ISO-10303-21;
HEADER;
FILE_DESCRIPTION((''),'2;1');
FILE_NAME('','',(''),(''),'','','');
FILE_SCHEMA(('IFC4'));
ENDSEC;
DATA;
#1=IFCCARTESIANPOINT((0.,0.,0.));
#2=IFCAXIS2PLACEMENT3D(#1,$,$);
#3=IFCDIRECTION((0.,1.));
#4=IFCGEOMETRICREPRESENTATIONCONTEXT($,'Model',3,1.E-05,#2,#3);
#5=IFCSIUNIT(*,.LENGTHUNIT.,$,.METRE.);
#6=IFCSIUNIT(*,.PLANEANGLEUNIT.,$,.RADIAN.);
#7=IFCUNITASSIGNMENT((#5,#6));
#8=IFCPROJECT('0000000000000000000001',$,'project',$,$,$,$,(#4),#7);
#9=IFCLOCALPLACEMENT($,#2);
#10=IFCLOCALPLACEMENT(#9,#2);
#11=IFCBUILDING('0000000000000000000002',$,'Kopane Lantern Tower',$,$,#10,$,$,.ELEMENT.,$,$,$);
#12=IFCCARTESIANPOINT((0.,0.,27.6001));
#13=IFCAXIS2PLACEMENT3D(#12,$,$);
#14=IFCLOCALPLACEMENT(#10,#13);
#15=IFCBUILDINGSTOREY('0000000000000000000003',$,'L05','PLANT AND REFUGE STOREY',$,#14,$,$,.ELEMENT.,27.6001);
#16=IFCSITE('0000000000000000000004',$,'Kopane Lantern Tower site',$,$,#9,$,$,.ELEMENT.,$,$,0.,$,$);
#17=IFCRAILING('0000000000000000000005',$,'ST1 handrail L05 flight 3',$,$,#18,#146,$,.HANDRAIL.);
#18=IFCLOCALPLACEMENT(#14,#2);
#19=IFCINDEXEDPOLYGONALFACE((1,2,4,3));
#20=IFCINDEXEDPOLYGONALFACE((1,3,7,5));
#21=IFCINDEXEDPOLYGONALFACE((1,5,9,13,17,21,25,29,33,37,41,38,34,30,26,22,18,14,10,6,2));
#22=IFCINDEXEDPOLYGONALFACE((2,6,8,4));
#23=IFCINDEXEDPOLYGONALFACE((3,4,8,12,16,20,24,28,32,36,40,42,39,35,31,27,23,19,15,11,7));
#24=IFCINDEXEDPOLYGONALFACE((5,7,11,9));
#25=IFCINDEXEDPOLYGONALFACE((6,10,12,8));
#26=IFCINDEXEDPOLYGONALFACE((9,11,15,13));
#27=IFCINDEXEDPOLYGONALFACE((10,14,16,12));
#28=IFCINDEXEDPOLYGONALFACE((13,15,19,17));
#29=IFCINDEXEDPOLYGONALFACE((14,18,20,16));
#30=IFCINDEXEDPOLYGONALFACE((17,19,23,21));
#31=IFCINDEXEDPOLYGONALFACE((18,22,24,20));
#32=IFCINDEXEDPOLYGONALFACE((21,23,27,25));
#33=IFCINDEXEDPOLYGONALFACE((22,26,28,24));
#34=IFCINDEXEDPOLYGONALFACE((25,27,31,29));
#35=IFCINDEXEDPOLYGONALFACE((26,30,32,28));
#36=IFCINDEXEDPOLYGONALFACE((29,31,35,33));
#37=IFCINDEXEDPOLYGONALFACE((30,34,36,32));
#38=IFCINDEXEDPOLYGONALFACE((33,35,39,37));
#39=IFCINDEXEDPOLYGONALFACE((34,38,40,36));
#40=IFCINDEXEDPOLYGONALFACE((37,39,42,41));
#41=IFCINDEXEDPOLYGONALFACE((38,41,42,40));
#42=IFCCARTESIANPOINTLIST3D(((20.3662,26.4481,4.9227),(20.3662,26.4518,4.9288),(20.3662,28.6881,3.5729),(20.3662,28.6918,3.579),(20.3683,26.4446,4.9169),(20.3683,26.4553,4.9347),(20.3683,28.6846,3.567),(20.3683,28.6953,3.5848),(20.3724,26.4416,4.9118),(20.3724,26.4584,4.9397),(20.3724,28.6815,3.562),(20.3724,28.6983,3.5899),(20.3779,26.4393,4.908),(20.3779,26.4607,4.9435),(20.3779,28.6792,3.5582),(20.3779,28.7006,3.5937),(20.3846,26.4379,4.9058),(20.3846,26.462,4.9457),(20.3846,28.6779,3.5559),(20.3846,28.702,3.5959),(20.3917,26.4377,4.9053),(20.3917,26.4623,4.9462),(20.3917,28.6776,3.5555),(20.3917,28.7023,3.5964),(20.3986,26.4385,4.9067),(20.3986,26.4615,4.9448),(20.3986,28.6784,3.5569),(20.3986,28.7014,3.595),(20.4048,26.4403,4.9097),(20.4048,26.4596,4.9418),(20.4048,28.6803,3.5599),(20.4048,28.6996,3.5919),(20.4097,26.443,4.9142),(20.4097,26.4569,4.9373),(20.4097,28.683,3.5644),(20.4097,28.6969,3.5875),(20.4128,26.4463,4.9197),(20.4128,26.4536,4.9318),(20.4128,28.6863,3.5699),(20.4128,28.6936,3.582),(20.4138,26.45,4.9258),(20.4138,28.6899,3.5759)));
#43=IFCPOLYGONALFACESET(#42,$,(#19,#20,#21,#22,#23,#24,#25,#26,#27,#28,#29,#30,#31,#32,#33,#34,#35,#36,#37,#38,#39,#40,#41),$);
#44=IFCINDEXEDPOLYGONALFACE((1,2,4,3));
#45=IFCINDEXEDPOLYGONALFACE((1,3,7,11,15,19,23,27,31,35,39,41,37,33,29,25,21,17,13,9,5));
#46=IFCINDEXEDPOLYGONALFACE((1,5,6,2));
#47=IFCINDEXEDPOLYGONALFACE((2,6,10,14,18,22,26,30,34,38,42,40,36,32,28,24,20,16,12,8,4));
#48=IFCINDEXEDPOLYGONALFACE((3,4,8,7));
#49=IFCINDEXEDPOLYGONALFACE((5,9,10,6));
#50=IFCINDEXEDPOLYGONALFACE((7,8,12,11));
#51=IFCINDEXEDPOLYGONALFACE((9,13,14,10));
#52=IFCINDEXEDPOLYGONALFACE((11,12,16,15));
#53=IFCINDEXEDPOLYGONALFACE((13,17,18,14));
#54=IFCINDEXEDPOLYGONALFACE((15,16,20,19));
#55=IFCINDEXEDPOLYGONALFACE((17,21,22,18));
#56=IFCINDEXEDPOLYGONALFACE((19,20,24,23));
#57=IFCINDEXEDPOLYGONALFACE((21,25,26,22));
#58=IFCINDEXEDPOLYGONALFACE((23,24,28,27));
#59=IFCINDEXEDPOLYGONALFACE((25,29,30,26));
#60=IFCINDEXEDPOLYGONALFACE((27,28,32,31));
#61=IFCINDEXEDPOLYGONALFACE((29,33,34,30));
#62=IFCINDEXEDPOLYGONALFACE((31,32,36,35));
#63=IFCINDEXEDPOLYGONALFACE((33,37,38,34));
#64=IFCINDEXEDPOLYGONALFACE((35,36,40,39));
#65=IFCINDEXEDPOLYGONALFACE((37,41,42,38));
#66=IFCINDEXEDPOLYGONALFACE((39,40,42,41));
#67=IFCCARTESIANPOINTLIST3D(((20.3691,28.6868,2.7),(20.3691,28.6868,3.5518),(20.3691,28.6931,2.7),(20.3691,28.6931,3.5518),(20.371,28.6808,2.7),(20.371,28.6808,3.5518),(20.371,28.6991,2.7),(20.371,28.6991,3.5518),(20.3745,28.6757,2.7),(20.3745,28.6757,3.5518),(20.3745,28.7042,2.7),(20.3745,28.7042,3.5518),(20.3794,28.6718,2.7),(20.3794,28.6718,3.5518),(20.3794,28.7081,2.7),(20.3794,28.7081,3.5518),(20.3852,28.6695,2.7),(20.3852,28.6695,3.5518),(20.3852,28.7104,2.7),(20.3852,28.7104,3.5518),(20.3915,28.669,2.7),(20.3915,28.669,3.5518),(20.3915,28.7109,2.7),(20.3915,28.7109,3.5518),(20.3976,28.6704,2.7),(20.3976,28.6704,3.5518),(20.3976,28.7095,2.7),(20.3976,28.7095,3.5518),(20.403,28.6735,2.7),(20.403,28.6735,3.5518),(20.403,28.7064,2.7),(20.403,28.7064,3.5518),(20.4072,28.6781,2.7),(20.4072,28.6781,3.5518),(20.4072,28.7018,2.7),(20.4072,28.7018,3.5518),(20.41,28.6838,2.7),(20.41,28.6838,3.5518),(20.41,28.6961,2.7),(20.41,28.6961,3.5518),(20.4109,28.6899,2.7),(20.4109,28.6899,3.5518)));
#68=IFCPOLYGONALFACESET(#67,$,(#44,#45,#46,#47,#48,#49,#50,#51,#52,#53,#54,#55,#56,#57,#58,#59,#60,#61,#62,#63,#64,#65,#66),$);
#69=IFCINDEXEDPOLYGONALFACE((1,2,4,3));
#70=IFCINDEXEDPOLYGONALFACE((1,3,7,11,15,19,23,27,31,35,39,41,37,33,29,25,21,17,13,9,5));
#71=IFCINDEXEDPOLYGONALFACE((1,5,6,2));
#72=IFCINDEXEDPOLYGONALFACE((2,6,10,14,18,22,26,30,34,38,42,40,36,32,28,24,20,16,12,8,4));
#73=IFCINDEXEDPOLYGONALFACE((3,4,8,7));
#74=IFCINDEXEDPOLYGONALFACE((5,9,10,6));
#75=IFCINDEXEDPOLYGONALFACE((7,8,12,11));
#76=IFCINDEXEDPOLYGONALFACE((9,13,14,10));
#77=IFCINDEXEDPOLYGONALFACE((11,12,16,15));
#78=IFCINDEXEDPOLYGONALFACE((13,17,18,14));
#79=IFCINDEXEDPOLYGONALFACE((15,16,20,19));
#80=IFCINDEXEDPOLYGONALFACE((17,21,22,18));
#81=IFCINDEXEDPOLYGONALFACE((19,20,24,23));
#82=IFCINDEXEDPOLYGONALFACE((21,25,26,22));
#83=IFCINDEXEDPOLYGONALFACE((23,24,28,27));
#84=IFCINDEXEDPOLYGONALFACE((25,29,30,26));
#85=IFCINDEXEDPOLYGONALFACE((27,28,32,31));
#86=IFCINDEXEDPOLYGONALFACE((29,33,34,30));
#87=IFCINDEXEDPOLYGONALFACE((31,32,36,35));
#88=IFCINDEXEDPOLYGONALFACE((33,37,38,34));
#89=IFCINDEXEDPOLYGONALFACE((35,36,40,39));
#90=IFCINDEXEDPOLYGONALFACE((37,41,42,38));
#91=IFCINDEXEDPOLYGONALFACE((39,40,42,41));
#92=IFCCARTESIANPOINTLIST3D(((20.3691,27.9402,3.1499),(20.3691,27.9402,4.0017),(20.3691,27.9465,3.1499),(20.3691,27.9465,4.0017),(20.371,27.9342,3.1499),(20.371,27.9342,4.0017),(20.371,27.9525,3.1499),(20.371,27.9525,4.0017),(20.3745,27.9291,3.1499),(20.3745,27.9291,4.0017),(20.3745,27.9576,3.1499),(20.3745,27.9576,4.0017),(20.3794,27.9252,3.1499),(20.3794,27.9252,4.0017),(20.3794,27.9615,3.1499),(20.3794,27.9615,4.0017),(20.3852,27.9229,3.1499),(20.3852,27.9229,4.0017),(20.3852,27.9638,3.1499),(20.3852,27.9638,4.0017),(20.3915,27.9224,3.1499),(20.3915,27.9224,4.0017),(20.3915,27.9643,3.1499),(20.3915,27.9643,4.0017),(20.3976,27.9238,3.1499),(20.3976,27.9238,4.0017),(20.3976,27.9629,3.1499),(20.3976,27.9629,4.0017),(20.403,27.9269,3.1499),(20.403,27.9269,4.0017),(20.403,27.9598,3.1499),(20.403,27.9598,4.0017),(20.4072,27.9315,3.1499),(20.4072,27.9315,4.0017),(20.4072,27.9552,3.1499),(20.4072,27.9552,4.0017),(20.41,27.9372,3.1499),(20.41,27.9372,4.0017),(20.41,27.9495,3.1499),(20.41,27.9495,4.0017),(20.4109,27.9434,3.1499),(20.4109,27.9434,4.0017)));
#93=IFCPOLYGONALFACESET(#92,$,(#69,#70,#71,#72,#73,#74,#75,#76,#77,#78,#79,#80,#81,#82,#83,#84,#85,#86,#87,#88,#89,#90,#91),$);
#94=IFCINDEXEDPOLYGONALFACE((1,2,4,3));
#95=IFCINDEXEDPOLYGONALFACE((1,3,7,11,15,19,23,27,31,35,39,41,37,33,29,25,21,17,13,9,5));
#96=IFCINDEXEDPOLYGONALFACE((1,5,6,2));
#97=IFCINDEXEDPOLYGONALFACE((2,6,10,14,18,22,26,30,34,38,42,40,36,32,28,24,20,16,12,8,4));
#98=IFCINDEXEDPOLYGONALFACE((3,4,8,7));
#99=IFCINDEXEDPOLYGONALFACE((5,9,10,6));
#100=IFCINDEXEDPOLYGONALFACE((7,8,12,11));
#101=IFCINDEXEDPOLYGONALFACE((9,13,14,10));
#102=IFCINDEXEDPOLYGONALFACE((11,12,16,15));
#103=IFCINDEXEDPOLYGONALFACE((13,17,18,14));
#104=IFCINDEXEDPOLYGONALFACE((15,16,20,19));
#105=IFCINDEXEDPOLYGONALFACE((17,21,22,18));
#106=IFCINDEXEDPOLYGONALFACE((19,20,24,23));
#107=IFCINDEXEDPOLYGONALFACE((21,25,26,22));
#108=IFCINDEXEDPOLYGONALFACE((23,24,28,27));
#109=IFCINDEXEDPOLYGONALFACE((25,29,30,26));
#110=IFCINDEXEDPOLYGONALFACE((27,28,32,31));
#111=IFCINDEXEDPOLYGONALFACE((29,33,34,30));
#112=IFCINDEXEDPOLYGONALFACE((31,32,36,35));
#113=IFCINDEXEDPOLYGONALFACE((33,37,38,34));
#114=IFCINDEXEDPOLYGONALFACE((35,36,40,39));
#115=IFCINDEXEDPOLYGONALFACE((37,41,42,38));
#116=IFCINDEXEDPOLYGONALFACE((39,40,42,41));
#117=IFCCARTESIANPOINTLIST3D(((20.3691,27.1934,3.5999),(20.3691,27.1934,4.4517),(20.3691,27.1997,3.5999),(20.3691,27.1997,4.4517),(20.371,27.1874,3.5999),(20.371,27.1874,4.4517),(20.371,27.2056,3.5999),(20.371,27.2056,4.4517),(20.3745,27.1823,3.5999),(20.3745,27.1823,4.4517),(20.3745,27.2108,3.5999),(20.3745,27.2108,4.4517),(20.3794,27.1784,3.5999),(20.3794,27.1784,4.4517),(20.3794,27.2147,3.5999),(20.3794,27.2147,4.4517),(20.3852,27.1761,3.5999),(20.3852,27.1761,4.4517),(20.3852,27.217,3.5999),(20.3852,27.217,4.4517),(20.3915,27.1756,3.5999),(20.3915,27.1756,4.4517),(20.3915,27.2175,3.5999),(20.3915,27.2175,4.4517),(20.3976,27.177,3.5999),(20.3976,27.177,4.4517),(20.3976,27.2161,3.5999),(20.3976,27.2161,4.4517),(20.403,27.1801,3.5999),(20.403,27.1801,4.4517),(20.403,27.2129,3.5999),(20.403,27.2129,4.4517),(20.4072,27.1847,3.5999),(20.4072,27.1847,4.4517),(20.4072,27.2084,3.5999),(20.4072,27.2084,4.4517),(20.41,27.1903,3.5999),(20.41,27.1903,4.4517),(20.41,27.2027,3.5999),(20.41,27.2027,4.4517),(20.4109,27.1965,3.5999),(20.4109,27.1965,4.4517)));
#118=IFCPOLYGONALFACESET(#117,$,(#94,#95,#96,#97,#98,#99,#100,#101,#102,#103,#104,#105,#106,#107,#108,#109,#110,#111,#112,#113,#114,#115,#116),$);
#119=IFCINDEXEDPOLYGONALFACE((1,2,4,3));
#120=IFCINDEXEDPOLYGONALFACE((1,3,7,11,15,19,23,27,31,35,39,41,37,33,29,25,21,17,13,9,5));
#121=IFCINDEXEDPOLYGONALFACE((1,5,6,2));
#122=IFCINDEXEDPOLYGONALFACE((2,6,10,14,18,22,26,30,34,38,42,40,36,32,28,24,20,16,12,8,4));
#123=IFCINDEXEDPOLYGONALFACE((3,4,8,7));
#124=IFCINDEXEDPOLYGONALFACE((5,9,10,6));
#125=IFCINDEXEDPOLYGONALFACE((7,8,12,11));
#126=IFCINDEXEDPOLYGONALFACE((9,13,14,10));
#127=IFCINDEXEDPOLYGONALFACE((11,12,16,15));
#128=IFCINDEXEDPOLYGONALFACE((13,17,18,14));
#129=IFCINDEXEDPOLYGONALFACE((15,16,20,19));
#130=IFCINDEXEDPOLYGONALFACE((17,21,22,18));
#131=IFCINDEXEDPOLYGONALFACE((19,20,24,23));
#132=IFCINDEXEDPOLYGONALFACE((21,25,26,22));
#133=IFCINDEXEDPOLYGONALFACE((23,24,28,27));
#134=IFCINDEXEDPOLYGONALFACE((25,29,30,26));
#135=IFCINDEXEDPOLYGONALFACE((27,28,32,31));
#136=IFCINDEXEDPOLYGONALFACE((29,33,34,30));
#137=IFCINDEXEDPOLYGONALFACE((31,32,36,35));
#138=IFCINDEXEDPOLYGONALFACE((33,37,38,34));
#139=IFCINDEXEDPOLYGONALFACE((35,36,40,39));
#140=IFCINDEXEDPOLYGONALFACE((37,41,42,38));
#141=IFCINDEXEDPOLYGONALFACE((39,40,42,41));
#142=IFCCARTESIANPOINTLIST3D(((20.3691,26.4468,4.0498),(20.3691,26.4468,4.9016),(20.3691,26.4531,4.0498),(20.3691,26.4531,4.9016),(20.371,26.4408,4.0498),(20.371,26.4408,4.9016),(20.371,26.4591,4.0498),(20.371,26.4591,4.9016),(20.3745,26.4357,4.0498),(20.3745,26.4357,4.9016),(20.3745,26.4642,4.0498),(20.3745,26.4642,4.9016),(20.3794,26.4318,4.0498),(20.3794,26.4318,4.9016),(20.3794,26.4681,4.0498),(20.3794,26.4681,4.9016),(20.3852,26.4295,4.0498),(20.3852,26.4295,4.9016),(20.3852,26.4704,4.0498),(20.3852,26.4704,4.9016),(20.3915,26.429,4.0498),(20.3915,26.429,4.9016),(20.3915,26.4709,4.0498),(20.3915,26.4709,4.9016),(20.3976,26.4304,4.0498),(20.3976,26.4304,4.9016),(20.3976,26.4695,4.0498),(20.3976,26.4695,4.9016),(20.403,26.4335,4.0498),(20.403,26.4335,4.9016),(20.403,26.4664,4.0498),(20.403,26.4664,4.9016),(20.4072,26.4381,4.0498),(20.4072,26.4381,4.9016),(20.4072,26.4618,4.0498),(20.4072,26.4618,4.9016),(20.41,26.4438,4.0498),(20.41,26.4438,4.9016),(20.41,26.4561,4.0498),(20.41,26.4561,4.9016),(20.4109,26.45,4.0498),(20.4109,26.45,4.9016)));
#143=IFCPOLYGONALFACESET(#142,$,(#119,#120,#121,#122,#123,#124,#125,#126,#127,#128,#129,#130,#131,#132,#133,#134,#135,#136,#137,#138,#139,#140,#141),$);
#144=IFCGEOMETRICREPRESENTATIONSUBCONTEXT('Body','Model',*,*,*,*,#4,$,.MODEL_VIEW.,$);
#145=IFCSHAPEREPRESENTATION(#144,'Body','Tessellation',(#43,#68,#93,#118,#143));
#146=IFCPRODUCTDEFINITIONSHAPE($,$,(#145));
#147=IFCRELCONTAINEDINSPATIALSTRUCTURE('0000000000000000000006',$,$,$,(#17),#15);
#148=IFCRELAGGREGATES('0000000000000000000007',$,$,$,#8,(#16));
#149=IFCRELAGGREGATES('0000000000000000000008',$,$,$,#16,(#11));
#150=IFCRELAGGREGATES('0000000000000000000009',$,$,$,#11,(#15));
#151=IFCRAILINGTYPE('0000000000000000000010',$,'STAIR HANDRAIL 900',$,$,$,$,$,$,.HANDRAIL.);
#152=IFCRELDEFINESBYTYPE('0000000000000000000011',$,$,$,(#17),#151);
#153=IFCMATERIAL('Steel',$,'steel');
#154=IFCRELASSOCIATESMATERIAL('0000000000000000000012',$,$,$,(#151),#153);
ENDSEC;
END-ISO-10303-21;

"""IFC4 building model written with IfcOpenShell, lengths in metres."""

from ifc_helpers import new_model, si_unit, direction, frame, origin, origin_2d, place, context, subcontext, project, spatial, circle, extrude, material, type_object, element, save


model = new_model("IFC4")

# Units and contexts
model_context = context("Model", 3, precision=1e-05, world=origin(), true_north=direction((0.0, 1.0)))
body_context = subcontext(model_context, "Body", "Model", "MODEL_VIEW")
ifc_project = project(units=[si_unit("LENGTHUNIT", "METRE"), si_unit("PLANEANGLEUNIT", "RADIAN")], contexts=[model_context])

# Site, building, storey
site_placement = place(None, origin())
site = spatial("IfcSite", under=ifc_project, at=site_placement, Name="Kopane Lantern Tower site", CompositionType="ELEMENT", RefElevation=0.0)
building_placement = place(site_placement, origin())
building = spatial("IfcBuilding", under=site, at=building_placement, Name="Kopane Lantern Tower", CompositionType="ELEMENT")
storey_placement = place(building_placement, frame((0.0, 0.0, 27.6001)))
storey = spatial("IfcBuildingStorey", under=building, at=storey_placement, Name="L05", Description="PLANT AND REFUGE STOREY", CompositionType="ELEMENT", Elevation=27.6001)

# Railing
ifc_material_1 = material(Name="Steel", Category="steel")
railing_type_1 = type_object("IfcRailingType", Name="STAIR HANDRAIL 900", PredefinedType="HANDRAIL", material=ifc_material_1)
for number, where, name in (
    (1, (20.3899, 28.6899, 2.7), "ST1 handrail L05 flight 3"),
):
    element("IfcRailing", number, at=place(storey_placement, frame(where)), inside=storey, type_object=railing_type_1, Name=name, PredefinedType="HANDRAIL", context=body_context, shape_type="SweptSolid", body=[
        extrude(circle(Radius=0.0239, at=origin_2d()), frame((0.0, 0.0, 0.876), z_axis=(0.0, -0.856503, 0.516142), x_axis=(1.0, 0.0, 0.0)), (0.0, 0.0, 1.0), 2.6152),
        extrude(circle(Radius=0.021, at=origin_2d()), origin(), (0.0, 0.0, 1.0), 0.8518),
        extrude(circle(Radius=0.021, at=origin_2d()), frame((0.0, -0.7466, 0.45)), (0.0, 0.0, 1.0), 0.8518),
        extrude(circle(Radius=0.021, at=origin_2d()), frame((0.0, -1.4934, 0.8999)), (0.0, 0.0, 1.0), 0.8518),
        extrude(circle(Radius=0.021, at=origin_2d()), frame((0.0, -2.24, 1.3499)), (0.0, 0.0, 1.0), 0.8518),
    ])

save(model, "model.ifc")
